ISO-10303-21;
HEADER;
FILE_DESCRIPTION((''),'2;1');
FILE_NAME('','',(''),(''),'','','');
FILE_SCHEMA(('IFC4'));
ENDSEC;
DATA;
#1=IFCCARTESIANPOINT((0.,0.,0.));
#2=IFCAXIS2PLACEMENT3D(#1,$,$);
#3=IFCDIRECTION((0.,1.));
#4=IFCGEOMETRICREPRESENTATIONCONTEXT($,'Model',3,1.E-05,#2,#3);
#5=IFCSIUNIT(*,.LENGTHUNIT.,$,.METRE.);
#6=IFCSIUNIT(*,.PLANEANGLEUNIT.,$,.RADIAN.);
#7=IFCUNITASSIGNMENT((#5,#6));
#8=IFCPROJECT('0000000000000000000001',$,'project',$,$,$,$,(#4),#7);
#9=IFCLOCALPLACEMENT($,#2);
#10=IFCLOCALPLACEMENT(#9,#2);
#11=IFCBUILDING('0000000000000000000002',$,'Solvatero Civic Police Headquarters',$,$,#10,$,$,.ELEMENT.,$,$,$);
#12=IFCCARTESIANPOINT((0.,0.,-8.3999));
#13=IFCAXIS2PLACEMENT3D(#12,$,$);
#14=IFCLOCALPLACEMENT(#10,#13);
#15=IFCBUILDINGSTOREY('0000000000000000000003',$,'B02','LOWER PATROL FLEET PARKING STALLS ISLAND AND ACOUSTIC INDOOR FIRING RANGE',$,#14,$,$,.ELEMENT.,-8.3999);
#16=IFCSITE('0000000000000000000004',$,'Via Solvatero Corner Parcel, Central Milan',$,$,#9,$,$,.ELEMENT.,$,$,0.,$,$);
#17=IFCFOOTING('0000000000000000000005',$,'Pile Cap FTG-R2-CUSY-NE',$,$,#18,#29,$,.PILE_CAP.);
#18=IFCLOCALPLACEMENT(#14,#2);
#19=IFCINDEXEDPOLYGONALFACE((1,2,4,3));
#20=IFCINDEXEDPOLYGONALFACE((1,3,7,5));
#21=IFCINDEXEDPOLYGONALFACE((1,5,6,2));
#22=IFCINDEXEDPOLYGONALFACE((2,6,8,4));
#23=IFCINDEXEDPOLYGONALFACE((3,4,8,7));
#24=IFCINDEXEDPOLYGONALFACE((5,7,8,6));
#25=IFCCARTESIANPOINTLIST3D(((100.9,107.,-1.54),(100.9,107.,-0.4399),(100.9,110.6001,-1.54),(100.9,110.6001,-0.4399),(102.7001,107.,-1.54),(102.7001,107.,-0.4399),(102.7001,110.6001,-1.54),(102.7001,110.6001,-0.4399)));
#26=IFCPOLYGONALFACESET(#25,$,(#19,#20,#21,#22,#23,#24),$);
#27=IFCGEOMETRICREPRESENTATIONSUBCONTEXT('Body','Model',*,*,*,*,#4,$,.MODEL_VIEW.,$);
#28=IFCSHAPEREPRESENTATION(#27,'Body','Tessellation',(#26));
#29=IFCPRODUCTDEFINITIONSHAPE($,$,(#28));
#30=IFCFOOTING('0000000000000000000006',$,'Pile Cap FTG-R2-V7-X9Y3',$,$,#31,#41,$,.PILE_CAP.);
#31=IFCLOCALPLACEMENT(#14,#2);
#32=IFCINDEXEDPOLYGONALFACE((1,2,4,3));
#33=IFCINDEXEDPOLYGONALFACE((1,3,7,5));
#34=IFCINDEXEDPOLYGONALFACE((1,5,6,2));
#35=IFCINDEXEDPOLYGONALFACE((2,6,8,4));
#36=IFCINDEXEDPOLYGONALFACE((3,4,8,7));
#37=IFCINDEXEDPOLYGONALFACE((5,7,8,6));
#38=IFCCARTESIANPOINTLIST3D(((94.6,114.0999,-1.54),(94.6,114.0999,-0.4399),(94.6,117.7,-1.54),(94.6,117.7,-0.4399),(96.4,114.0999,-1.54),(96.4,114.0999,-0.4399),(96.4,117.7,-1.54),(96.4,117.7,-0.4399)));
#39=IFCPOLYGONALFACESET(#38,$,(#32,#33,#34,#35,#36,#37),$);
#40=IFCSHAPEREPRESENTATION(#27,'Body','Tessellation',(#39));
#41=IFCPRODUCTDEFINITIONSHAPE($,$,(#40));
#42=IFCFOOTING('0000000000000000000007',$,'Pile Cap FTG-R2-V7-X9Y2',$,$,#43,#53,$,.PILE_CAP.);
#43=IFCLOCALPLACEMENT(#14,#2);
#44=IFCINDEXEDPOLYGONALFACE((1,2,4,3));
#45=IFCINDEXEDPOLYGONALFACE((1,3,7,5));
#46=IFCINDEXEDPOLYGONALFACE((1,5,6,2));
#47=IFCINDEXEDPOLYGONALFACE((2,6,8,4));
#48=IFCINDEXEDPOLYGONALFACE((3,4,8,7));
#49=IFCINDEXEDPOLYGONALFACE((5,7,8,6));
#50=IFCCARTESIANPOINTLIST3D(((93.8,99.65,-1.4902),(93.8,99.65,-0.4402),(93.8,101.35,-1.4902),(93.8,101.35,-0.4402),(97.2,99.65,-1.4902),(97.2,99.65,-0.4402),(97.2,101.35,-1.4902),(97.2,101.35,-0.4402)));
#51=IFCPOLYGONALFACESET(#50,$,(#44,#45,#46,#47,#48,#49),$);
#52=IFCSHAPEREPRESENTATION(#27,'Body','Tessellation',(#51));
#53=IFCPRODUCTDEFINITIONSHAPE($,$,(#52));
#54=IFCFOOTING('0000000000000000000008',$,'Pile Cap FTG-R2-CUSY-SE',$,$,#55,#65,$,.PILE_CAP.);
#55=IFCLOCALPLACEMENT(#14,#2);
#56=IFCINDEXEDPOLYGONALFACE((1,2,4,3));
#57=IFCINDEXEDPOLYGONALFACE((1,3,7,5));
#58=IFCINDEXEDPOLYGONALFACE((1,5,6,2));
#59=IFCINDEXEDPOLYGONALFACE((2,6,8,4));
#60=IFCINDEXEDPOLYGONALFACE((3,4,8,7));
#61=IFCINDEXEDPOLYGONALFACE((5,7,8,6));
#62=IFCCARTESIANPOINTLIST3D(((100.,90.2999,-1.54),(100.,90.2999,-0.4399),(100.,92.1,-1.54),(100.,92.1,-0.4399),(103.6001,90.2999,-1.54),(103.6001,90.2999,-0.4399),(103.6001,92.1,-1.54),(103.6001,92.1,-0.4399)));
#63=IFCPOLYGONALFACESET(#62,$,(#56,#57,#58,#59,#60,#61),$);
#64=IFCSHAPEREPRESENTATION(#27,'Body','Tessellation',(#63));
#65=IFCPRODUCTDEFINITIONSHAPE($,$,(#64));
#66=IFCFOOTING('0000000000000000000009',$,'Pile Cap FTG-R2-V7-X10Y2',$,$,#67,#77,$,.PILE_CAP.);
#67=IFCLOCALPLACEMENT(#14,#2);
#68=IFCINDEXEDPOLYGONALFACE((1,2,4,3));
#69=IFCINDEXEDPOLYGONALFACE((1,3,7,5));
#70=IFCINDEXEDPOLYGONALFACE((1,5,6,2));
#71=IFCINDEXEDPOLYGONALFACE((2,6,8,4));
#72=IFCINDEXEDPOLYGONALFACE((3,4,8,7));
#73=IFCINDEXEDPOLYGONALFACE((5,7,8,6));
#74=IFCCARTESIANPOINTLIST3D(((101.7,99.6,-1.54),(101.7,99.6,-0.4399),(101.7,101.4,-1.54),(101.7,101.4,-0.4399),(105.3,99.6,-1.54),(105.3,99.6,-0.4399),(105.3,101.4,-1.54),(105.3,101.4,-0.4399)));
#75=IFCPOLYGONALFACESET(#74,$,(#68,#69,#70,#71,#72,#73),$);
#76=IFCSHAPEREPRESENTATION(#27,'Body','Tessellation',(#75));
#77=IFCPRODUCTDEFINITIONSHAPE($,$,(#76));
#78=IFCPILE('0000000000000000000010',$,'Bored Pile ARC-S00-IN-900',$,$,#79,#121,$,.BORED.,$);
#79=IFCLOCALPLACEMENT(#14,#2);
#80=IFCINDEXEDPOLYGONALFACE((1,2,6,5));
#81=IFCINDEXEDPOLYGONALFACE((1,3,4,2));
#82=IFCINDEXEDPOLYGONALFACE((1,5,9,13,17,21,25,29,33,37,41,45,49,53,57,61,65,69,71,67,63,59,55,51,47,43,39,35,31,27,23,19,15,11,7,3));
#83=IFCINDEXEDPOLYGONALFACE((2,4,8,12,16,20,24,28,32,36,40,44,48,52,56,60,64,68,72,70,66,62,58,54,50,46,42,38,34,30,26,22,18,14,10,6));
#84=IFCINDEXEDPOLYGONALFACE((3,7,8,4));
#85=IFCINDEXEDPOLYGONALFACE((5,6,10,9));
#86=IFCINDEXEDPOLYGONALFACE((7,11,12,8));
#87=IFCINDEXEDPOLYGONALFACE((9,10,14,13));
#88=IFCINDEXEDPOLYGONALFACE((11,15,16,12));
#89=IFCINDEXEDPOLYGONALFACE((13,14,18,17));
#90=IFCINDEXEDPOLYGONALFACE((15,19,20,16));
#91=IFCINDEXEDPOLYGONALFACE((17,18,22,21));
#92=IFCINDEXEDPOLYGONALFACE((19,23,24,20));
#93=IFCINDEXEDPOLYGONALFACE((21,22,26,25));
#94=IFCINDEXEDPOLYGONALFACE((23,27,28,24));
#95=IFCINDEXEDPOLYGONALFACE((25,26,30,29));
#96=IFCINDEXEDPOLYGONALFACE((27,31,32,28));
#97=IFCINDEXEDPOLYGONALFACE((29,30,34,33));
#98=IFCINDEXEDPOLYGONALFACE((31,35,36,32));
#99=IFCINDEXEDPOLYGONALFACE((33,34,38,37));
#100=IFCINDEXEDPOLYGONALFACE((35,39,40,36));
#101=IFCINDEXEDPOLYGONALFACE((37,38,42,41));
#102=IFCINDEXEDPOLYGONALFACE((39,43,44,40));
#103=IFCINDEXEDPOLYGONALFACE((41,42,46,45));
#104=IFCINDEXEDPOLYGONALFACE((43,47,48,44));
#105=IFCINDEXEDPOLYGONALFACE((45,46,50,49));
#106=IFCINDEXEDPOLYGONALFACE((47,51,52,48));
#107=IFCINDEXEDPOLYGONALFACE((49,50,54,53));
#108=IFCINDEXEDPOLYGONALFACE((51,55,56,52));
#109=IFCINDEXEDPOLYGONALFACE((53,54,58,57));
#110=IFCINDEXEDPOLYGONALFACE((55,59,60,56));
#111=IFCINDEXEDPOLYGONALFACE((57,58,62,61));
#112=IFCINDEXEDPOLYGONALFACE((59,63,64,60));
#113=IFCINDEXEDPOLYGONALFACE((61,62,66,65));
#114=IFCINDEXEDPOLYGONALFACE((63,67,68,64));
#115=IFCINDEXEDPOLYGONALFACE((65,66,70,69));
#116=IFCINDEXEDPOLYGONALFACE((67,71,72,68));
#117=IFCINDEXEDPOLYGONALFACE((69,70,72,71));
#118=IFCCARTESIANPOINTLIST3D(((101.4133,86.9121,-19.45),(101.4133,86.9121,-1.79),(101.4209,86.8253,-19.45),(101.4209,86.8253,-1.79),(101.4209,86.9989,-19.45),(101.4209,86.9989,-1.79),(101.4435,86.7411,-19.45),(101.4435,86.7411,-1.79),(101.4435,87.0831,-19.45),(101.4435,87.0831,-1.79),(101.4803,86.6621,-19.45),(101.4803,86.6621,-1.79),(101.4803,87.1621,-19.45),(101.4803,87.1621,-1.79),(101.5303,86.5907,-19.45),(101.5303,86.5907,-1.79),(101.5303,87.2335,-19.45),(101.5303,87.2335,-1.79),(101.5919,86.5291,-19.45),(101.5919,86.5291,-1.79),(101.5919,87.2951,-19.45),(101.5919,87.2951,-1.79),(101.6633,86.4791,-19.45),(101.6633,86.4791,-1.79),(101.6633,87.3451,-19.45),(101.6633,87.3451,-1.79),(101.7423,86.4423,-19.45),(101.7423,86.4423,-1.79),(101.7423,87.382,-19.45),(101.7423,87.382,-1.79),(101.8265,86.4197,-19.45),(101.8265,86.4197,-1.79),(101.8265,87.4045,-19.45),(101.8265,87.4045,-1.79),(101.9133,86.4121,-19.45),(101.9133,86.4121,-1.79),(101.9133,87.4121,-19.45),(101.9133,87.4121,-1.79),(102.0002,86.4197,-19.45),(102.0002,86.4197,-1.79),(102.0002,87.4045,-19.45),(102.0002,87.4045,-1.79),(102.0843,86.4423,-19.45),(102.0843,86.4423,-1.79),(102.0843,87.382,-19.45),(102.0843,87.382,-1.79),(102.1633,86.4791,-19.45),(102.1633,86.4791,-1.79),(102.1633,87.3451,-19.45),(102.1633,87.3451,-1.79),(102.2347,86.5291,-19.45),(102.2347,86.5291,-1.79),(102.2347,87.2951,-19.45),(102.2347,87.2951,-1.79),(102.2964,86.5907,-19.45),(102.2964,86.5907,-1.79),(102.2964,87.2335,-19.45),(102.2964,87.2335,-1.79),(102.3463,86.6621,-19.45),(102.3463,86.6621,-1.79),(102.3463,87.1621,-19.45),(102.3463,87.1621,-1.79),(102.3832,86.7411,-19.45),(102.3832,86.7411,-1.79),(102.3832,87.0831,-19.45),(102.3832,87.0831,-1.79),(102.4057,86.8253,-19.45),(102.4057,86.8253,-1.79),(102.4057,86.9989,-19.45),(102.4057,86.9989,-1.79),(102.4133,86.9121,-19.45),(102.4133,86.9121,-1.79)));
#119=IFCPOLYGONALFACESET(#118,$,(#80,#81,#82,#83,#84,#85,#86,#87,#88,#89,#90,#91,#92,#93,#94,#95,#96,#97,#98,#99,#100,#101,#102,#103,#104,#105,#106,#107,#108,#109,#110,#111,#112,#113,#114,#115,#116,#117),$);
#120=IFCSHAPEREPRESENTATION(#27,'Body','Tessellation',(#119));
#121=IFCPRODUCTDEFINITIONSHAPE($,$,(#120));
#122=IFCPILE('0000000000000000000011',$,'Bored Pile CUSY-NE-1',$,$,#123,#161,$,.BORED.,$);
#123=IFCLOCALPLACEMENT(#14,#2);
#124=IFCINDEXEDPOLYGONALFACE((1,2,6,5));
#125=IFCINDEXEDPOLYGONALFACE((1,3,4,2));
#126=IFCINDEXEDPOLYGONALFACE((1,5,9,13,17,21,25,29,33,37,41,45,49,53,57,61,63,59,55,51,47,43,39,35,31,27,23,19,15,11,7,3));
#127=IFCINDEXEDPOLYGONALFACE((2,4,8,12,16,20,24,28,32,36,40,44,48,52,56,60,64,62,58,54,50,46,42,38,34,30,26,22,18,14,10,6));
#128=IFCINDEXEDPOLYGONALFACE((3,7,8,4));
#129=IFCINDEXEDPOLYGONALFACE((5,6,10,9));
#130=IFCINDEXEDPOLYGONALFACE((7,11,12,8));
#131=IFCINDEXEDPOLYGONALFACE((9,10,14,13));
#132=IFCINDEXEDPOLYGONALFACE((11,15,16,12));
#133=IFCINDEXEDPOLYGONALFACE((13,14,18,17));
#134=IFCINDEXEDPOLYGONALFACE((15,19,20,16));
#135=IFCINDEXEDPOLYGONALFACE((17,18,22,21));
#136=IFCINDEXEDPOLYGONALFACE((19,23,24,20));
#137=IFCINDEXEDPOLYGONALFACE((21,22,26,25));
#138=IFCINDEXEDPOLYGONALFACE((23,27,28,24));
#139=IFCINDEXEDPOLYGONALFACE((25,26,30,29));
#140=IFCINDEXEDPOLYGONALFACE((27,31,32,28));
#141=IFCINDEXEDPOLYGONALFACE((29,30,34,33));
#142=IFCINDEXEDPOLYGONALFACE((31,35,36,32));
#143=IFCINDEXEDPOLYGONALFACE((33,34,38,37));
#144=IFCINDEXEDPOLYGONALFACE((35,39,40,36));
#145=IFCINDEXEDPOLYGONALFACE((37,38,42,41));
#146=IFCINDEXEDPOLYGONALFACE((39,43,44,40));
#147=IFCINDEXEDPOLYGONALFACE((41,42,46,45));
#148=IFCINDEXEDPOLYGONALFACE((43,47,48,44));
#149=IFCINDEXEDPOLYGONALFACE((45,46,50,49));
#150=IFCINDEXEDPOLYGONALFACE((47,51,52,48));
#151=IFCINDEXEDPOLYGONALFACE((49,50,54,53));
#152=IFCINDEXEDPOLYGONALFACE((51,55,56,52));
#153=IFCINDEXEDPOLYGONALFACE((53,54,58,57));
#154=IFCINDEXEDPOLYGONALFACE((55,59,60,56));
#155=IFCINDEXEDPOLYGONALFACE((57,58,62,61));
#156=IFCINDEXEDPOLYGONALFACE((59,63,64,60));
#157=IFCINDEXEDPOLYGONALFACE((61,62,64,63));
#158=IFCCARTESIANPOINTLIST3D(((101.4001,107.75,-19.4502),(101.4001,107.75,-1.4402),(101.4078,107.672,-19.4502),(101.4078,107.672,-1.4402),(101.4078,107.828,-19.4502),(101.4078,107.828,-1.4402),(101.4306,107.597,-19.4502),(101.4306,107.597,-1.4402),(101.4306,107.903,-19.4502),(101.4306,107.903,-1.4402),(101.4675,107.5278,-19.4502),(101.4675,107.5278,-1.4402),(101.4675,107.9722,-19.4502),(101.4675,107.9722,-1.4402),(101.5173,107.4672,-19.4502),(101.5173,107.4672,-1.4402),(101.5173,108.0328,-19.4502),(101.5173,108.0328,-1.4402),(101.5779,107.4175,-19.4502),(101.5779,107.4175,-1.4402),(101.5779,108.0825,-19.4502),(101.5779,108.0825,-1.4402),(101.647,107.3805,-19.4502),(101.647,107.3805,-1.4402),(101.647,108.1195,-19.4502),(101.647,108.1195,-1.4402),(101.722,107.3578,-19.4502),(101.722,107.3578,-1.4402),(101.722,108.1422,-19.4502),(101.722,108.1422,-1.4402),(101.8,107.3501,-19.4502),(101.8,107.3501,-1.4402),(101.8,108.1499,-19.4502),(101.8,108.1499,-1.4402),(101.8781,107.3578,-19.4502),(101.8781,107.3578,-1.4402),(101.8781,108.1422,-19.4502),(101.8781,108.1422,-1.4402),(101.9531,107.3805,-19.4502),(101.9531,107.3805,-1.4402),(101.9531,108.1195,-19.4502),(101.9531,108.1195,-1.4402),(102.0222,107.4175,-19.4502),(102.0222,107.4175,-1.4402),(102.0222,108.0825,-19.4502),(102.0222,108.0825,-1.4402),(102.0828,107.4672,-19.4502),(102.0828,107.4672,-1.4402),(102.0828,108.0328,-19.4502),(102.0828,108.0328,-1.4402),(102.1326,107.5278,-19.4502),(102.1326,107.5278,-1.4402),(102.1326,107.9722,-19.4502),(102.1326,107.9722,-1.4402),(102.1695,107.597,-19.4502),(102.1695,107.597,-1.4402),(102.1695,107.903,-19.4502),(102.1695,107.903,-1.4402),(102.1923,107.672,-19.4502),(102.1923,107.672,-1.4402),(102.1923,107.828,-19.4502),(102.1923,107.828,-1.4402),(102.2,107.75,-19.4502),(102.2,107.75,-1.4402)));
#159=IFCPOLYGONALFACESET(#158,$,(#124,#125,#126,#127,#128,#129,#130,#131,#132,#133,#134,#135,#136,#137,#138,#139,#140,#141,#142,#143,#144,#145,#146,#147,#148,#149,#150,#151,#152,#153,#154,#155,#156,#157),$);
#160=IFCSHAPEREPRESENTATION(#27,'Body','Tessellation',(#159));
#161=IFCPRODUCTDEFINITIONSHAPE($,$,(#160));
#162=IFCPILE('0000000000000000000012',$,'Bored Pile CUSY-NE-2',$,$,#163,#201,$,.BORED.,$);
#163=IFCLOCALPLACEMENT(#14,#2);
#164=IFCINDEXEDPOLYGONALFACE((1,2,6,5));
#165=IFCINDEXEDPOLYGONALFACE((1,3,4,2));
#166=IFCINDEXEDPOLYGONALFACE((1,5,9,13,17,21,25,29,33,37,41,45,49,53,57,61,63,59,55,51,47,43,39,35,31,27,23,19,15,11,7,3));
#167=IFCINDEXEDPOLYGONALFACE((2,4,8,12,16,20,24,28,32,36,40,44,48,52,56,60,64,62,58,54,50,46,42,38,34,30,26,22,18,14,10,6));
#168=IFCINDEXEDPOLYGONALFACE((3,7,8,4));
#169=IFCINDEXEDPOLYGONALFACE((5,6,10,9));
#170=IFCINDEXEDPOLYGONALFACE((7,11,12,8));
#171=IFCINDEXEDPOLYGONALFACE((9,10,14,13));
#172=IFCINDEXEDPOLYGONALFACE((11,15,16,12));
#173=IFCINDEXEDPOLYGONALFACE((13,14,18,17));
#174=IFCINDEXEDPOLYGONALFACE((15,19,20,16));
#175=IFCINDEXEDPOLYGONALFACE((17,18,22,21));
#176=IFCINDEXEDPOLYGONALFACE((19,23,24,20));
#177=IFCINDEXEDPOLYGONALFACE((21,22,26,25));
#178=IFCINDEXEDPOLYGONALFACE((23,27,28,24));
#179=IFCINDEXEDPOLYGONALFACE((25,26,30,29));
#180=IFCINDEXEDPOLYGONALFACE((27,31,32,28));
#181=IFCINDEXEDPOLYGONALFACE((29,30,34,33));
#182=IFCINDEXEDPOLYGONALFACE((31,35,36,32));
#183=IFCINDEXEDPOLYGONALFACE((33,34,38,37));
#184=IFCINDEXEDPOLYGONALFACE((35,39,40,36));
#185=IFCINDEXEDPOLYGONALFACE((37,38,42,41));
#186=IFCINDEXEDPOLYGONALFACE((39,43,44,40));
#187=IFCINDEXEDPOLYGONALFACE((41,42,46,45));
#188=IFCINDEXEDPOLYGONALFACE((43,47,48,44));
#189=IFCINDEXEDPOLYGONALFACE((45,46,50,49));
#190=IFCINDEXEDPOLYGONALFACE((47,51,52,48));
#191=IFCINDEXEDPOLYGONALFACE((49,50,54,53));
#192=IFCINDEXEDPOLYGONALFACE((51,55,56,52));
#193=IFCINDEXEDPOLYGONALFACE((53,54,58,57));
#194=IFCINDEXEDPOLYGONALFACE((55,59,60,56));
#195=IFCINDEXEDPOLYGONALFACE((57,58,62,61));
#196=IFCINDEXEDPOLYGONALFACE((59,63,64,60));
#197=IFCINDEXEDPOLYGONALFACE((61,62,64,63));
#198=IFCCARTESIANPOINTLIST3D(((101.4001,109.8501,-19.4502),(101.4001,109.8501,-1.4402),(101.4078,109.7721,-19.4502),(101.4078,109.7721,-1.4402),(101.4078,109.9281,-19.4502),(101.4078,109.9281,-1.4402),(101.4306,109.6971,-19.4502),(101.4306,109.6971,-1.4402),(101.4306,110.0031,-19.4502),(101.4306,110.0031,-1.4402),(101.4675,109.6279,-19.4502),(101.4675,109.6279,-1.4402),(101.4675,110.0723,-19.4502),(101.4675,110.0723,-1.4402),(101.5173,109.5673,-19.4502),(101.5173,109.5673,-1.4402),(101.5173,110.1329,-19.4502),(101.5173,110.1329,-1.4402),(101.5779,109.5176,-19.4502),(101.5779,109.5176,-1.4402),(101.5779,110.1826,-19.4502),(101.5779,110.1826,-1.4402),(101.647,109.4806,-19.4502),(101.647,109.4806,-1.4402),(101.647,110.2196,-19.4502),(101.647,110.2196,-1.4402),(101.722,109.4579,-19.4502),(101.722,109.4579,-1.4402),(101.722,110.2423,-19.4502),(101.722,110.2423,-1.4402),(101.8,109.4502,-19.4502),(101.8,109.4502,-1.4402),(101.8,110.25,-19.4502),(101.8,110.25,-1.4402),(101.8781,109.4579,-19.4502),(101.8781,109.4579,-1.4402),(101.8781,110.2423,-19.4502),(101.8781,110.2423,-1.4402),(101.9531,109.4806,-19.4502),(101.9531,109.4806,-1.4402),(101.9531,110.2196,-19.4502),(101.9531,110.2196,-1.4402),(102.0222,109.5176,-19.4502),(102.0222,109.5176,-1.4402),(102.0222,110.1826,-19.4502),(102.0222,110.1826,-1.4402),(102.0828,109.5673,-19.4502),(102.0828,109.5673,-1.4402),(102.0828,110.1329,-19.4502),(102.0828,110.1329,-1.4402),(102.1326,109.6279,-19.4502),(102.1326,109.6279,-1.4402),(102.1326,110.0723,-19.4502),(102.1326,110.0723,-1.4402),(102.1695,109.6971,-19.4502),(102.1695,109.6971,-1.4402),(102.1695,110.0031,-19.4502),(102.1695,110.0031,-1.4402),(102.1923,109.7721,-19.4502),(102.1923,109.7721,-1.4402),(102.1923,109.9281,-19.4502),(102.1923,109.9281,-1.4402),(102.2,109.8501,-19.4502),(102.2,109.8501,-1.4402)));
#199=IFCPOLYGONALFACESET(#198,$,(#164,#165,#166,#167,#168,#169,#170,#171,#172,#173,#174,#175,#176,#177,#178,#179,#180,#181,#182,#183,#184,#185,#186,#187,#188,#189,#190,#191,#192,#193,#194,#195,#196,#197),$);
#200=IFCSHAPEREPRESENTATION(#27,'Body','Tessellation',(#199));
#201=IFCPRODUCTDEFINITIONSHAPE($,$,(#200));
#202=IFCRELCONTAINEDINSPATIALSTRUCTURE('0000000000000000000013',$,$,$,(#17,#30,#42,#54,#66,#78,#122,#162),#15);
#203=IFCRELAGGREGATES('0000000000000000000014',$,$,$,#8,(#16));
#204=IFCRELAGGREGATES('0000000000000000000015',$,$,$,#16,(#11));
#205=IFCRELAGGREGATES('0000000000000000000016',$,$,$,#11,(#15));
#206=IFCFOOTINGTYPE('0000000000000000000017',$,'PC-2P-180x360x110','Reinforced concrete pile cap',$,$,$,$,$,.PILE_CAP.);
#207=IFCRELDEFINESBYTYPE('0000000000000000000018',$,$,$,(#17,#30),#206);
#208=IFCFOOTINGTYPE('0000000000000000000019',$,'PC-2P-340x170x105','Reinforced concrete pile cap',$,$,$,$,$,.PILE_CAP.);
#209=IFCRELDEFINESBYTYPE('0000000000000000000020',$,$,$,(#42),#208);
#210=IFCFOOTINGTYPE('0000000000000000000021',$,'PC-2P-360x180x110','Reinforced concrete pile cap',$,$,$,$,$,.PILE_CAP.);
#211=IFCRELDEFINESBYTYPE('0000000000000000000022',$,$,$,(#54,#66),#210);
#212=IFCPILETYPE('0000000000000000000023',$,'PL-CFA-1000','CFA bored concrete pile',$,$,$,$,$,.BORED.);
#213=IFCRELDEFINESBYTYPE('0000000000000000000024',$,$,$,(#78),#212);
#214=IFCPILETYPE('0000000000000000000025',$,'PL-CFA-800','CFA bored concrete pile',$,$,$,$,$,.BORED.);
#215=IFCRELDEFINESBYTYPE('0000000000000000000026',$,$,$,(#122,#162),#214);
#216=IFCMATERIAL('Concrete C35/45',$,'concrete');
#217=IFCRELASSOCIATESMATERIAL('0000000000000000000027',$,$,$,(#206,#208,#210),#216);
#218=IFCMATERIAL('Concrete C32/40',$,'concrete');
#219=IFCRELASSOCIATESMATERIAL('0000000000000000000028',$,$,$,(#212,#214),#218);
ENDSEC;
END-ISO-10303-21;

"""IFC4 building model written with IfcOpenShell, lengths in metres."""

from ifc_helpers import new_model, si_unit, direction, frame, origin, origin_2d, place, context, subcontext, project, spatial, rectangle, circle, extrude, material, material_profile, profile_set, type_object, element, save


model = new_model("IFC4")

# Units and contexts
model_context = context("Model", 3, precision=1e-05, world=origin(), true_north=direction((0.0, 1.0)))
body_context = subcontext(model_context, "Body", "Model", "MODEL_VIEW")
ifc_project = project(units=[si_unit("LENGTHUNIT", "METRE"), si_unit("PLANEANGLEUNIT", "RADIAN")], contexts=[model_context])

# Site, building, storey
site_placement = place(None, origin())
site = spatial("IfcSite", under=ifc_project, at=site_placement, Name="Via Solvatero Corner Parcel, Central Milan", CompositionType="ELEMENT", RefElevation=0.0)
building_placement = place(site_placement, origin())
building = spatial("IfcBuilding", under=site, at=building_placement, Name="Solvatero Civic Police Headquarters", CompositionType="ELEMENT")
storey_placement = place(building_placement, frame((0.0, 0.0, -8.3999)))
storey = spatial("IfcBuildingStorey", under=building, at=storey_placement, Name="B02", Description="LOWER PATROL FLEET PARKING STALLS ISLAND AND ACOUSTIC INDOOR FIRING RANGE", CompositionType="ELEMENT", Elevation=-8.3999)

# Footings
ifc_material_1 = material(Name="Concrete C35/45", Category="concrete")
footing_type_1 = type_object("IfcFootingType", Name="PC-2P-180x360x110", Description="Reinforced concrete pile cap", PredefinedType="PILE_CAP", material=ifc_material_1)
for number, where, z_axis, x_axis, name in (
    (1, (101.8, 108.8, -1.54), (0.0, 0.0, 1.0), (1.0, 0.0, 0.0), "Pile Cap FTG-R2-CUSY-NE"),
    (2, (95.5, 115.8999, -1.54), (0.0, 0.0, 1.0), (1.0, 0.0, 0.0), "Pile Cap FTG-R2-V7-X9Y3"),
):
    element("IfcFooting", number, at=place(storey_placement, frame(where, z_axis=z_axis, x_axis=x_axis)), inside=storey, type_object=footing_type_1, Name=name, PredefinedType="PILE_CAP", context=body_context, shape_type="SweptSolid", body=[
        extrude(rectangle(XDim=1.8, YDim=3.6001, at=origin_2d()), origin(), (0.0, 0.0, 1.0), 1.1001),
    ])
footing_type_2 = type_object("IfcFootingType", Name="PC-2P-340x170x105", Description="Reinforced concrete pile cap", PredefinedType="PILE_CAP", material=ifc_material_1)
footing_placement = place(storey_placement, frame((95.5, 100.5, -1.4902), z_axis=(0.0, 0.0, 1.0), x_axis=(1.0, 0.0, 0.0)))
element("IfcFooting", 3, at=footing_placement, inside=storey, type_object=footing_type_2, Name="Pile Cap FTG-R2-V7-X9Y2", PredefinedType="PILE_CAP", context=body_context, shape_type="SweptSolid", body=[
    extrude(rectangle(XDim=3.3999, YDim=1.7, at=origin_2d()), origin(), (0.0, 0.0, 1.0), 1.05),
])
footing_type_3 = type_object("IfcFootingType", Name="PC-2P-360x180x110", Description="Reinforced concrete pile cap", PredefinedType="PILE_CAP", material=ifc_material_1)
for number, where, z_axis, x_axis, name in (
    (4, (101.8, 91.2, -1.54), (0.0, 0.0, 1.0), (1.0, 0.0, 0.0), "Pile Cap FTG-R2-CUSY-SE"),
    (5, (103.5, 100.5, -1.54), (0.0, 0.0, 1.0), (1.0, 0.0, 0.0), "Pile Cap FTG-R2-V7-X10Y2"),
):
    element("IfcFooting", number, at=place(storey_placement, frame(where, z_axis=z_axis, x_axis=x_axis)), inside=storey, type_object=footing_type_3, Name=name, PredefinedType="PILE_CAP", context=body_context, shape_type="SweptSolid", body=[
        extrude(rectangle(XDim=3.6001, YDim=1.8, at=origin_2d()), origin(), (0.0, 0.0, 1.0), 1.1001),
    ])

# Piles
ifc_material_2 = material(Name="Concrete C32/40", Category="concrete")
ifc_material_profile_1 = material_profile(ifc_material_2, circle(Radius=0.5, at=origin_2d()), Name="CFA PILE D1000")
ifc_profile_set_1 = profile_set([ifc_material_profile_1], Name="Concrete C32/40")
pile_type_1 = type_object("IfcPileType", Name="PL-CFA-1000", Description="CFA bored concrete pile", PredefinedType="BORED", material=ifc_profile_set_1)
pile_placement = place(storey_placement, frame((101.9133, 86.9121, -1.79), z_axis=(0.0, 0.0, -1.0), x_axis=(1.0, 0.0, 0.0)))
element("IfcPile", 6, at=pile_placement, inside=storey, type_object=pile_type_1, Name="Bored Pile ARC-S00-IN-900", PredefinedType="BORED", context=body_context, shape_type="SweptSolid", body=[
    extrude(circle(Radius=0.5, at=origin_2d()), origin(), (0.0, 0.0, 1.0), 17.6599),
])
ifc_material_profile_2 = material_profile(ifc_material_2, circle(Radius=0.3999, at=origin_2d()), Name="CFA PILE D800")
ifc_profile_set_2 = profile_set([ifc_material_profile_2], Name="Concrete C32/40")
pile_type_2 = type_object("IfcPileType", Name="PL-CFA-800", Description="CFA bored concrete pile", PredefinedType="BORED", material=ifc_profile_set_2)
for number, where, z_axis, x_axis, name in (
    (7, (101.8, 107.75, -1.4402), (0.0, 0.0, -1.0), (1.0, 0.0, 0.0), "Bored Pile CUSY-NE-1"),
    (8, (101.8, 109.8501, -1.4402), (0.0, 0.0, -1.0), (1.0, 0.0, 0.0), "Bored Pile CUSY-NE-2"),
):
    element("IfcPile", number, at=place(storey_placement, frame(where, z_axis=z_axis, x_axis=x_axis)), inside=storey, type_object=pile_type_2, Name=name, PredefinedType="BORED", context=body_context, shape_type="SweptSolid", body=[
        extrude(circle(Radius=0.3999, at=origin_2d()), origin(), (0.0, 0.0, 1.0), 18.01),
    ])

save(model, "model.ifc")
